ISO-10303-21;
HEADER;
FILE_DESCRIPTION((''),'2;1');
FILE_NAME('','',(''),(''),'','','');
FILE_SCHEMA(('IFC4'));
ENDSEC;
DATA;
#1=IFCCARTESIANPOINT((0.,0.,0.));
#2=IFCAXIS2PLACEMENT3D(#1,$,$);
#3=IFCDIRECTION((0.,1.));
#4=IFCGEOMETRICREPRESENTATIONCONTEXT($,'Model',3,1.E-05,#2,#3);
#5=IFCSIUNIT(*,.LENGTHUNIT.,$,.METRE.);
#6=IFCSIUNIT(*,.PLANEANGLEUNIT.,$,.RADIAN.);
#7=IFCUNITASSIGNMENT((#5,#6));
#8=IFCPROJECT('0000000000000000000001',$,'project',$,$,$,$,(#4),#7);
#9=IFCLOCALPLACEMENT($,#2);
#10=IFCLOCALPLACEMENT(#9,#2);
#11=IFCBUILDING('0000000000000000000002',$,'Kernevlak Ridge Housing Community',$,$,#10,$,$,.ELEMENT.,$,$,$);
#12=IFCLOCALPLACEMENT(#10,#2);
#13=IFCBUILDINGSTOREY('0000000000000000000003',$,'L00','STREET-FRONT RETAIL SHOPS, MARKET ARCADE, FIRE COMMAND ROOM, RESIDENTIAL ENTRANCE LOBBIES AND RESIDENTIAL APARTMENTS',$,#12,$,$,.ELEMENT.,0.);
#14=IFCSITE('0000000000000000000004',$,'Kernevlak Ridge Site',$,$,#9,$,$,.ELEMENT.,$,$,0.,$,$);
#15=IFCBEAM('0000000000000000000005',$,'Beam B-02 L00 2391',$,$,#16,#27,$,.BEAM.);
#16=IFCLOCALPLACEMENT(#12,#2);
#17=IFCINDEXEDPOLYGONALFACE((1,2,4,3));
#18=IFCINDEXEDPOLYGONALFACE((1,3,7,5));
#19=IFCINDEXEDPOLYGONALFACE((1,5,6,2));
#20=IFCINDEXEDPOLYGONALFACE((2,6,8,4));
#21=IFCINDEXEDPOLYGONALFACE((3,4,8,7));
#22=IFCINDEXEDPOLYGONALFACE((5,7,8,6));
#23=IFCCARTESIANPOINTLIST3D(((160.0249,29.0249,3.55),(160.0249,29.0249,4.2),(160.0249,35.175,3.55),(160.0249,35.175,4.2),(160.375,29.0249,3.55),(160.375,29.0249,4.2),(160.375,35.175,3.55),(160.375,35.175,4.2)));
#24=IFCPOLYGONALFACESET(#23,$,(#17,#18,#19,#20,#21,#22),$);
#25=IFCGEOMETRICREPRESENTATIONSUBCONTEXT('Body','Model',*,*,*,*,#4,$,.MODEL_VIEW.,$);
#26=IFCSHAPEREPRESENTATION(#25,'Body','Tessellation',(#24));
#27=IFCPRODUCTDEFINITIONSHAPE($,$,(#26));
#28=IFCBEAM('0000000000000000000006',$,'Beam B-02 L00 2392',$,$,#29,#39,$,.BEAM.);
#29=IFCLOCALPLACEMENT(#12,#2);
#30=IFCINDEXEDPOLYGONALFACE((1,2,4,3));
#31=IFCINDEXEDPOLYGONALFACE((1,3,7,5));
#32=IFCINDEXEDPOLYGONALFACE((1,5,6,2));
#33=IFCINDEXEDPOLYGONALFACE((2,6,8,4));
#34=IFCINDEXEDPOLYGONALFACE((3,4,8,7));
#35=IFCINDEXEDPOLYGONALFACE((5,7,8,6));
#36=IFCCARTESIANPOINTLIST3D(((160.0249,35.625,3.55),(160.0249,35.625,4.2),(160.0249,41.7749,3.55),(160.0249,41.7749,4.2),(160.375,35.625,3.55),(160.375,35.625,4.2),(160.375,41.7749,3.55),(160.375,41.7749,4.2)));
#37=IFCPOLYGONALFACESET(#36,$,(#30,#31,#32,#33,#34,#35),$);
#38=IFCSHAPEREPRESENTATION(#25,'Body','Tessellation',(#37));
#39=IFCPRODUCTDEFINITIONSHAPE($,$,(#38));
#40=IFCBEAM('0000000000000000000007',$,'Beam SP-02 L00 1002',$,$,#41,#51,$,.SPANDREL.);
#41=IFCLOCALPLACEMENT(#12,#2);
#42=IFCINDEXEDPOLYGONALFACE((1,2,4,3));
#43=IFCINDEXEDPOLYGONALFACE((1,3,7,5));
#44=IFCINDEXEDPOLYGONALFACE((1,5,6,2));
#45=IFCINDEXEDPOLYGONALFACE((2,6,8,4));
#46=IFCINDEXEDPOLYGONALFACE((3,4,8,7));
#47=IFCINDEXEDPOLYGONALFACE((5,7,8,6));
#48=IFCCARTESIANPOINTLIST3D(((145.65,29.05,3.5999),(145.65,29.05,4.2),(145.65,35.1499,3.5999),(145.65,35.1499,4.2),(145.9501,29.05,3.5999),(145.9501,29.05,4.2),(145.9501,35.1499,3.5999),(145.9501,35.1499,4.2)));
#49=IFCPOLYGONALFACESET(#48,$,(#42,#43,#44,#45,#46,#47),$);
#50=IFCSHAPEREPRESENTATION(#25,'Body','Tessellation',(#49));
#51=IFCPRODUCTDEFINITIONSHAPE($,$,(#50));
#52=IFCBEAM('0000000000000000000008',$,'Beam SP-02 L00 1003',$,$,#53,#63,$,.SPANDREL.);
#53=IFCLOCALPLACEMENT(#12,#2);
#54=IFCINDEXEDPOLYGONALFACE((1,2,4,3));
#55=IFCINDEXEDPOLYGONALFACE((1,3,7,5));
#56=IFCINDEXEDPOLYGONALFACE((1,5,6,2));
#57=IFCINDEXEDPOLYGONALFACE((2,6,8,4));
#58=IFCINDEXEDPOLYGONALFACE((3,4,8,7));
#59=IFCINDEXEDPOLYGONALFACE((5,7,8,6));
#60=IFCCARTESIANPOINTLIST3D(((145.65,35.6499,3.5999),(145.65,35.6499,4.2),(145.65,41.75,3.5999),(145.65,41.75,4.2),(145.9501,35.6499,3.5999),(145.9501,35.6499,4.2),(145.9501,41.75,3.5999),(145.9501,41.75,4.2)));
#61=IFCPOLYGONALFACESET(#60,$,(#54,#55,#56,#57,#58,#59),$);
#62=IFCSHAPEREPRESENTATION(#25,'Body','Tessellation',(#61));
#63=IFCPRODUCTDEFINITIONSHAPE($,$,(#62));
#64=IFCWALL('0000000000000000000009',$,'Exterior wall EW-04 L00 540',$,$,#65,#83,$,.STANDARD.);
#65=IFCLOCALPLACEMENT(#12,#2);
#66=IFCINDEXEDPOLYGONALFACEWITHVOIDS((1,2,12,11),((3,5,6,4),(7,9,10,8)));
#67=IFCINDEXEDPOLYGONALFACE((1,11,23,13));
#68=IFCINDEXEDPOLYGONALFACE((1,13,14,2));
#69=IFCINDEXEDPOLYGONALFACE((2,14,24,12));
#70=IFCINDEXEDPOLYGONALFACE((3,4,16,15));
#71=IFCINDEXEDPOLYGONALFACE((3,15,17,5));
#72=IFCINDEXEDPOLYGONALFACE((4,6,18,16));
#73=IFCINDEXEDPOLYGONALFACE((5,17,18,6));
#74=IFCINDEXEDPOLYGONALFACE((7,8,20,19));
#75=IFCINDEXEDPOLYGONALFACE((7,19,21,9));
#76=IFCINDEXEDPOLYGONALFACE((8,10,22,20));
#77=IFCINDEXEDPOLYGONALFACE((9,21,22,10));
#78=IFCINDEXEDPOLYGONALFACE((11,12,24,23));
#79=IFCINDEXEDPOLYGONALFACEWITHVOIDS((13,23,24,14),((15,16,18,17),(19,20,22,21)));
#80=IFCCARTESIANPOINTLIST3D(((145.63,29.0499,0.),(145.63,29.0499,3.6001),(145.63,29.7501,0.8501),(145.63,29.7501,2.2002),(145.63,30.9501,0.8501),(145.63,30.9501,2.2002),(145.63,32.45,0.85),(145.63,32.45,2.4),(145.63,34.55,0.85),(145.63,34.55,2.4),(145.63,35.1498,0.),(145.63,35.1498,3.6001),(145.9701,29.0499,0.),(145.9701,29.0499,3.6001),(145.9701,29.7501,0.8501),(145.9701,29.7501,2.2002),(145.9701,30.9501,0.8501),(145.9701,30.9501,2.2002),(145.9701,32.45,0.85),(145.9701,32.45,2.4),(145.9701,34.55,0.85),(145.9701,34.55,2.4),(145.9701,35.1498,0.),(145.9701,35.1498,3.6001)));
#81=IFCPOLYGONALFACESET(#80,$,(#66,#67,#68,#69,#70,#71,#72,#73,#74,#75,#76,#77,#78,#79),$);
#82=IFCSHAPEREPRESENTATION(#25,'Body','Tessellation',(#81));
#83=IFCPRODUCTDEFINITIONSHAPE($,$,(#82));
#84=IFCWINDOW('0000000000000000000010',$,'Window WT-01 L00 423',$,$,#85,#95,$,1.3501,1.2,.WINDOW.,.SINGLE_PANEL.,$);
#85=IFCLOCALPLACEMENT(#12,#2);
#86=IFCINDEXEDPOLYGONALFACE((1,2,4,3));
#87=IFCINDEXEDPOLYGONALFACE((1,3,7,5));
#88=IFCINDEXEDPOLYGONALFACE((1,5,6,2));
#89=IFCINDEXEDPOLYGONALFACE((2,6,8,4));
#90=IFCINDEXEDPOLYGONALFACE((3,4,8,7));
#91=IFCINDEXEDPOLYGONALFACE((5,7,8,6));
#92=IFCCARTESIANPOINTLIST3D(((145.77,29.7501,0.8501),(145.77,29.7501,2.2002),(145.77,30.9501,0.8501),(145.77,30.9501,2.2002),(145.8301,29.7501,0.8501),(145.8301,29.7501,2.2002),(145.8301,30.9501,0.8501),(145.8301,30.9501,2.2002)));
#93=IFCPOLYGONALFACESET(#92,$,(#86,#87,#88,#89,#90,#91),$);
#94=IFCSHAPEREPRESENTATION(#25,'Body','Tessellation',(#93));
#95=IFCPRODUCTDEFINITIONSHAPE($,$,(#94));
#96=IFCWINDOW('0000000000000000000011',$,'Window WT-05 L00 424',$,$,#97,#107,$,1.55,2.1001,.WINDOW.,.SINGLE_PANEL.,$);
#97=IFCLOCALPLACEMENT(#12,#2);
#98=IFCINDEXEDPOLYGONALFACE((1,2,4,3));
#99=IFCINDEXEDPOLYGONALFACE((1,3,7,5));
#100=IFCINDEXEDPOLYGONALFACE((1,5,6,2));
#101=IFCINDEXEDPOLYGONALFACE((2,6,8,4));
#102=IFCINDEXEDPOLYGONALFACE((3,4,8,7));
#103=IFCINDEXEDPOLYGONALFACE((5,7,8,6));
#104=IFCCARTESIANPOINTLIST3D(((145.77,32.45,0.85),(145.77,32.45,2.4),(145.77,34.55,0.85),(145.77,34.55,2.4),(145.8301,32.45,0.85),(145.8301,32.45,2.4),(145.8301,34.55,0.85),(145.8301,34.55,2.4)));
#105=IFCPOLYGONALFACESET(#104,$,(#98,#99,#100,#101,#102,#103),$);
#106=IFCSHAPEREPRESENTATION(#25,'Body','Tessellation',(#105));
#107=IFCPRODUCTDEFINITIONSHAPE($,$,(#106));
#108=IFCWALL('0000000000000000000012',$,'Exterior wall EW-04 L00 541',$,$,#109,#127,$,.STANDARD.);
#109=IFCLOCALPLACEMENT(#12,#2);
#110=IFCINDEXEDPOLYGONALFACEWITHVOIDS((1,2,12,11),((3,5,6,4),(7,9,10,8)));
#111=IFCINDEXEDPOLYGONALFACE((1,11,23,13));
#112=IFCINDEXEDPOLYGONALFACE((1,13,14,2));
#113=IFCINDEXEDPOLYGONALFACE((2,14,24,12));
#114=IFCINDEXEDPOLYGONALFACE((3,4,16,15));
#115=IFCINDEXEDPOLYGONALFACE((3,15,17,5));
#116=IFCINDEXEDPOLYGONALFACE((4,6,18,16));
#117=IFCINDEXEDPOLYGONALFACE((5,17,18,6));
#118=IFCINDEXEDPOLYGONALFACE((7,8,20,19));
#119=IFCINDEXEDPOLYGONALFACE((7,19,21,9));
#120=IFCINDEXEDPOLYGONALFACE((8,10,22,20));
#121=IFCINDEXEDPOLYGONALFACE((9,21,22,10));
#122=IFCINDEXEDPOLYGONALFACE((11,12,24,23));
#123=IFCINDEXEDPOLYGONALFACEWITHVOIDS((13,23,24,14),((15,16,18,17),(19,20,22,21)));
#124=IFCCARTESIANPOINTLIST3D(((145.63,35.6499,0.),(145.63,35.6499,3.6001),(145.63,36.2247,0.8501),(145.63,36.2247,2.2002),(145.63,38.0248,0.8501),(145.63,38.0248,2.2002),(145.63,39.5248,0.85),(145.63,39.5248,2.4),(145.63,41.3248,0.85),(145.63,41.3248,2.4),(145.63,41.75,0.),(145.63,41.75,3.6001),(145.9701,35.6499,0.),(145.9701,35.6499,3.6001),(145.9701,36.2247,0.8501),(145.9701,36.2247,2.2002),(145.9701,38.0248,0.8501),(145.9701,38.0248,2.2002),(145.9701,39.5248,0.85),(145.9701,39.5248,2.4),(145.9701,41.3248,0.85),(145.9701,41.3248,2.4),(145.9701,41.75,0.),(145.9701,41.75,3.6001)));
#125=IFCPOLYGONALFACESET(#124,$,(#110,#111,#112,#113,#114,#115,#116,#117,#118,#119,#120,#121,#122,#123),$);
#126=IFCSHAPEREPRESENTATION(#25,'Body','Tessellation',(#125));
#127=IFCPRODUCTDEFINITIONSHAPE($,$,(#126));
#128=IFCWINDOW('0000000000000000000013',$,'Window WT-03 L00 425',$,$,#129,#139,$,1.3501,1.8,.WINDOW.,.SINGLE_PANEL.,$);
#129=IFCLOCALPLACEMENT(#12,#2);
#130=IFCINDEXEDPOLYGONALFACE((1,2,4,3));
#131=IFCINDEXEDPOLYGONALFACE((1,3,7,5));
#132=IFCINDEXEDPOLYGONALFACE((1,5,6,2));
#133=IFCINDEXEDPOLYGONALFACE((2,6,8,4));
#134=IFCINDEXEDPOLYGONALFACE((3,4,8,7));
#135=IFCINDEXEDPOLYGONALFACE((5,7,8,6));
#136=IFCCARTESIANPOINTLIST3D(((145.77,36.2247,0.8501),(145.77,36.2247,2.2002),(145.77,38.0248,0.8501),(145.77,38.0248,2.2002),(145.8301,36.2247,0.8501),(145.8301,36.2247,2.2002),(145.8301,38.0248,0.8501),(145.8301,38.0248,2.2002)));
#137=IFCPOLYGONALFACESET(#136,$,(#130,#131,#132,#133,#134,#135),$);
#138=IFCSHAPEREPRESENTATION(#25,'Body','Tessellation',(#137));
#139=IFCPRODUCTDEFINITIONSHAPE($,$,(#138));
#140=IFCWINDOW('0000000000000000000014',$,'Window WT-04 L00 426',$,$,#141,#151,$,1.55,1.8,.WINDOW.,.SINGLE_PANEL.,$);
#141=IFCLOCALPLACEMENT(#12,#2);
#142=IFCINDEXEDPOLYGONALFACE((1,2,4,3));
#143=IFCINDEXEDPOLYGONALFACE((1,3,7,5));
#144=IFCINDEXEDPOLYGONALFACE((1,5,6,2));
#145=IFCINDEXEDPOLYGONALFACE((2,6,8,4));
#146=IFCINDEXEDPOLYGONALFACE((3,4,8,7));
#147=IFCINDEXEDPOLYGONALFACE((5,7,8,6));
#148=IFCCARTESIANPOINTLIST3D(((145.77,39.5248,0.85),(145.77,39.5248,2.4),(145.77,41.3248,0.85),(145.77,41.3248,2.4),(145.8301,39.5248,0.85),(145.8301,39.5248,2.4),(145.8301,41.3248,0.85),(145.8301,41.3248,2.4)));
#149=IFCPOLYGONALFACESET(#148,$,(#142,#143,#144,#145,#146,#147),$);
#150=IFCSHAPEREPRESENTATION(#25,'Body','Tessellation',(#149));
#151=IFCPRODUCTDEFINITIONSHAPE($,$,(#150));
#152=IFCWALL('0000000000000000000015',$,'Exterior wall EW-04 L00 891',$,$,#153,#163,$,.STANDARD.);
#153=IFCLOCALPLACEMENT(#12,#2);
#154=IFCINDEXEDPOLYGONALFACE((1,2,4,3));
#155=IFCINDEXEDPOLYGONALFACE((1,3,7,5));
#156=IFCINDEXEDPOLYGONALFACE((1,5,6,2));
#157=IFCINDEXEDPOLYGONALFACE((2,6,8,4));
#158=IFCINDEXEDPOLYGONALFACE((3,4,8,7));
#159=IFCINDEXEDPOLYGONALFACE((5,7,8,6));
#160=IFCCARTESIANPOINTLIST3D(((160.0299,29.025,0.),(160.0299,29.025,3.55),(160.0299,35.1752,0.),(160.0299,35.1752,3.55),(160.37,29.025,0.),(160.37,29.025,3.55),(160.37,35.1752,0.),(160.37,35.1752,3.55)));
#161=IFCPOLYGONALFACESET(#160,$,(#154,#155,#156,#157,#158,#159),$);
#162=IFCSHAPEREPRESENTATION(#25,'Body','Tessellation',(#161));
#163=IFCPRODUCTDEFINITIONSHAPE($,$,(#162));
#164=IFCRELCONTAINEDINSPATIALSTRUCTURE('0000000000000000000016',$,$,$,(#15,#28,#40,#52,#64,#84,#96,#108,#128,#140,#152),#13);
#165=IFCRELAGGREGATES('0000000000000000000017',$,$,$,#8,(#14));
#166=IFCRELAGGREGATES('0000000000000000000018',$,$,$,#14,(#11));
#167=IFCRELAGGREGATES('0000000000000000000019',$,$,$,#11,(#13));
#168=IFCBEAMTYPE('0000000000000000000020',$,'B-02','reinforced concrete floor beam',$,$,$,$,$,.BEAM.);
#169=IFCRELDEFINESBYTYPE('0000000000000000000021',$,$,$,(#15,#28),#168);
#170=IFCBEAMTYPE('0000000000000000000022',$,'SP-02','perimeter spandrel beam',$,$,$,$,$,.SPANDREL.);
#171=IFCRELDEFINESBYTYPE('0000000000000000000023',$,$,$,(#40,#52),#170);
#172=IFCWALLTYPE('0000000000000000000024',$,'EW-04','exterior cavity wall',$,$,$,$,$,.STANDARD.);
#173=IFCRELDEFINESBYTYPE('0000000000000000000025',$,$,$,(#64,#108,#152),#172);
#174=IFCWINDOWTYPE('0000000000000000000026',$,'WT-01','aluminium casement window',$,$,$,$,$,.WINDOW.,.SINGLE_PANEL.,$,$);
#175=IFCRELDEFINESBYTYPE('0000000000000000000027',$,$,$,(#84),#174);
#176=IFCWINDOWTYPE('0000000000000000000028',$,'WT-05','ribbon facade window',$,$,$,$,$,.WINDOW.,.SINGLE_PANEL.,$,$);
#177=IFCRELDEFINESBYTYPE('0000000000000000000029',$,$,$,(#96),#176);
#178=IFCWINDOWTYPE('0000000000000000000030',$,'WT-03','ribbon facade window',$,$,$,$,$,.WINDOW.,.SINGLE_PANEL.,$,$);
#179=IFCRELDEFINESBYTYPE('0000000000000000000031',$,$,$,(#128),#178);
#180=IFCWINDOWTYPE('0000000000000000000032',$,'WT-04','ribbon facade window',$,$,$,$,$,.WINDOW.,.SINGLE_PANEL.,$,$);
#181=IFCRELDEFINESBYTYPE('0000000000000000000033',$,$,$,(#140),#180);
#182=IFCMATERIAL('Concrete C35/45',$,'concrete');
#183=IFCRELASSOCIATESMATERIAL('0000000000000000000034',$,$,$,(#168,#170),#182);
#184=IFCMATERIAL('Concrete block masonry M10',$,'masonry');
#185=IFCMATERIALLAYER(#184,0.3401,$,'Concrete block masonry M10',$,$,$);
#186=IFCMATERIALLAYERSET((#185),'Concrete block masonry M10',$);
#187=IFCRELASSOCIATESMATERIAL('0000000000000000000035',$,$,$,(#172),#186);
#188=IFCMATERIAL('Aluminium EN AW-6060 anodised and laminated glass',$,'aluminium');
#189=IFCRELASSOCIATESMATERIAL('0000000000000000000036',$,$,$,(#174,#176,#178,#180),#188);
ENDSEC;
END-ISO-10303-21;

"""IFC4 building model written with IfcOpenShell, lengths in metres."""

from ifc_helpers import new_model, si_unit, direction, frame, frame_2d, origin, origin_2d, place, context, subcontext, project, spatial, rectangle, extrude, material, layer, layer_set, material_profile, profile_set, type_object, element, fill, save


model = new_model("IFC4")

# Units and contexts
model_context = context("Model", 3, precision=1e-05, world=origin(), true_north=direction((0.0, 1.0)))
body_context = subcontext(model_context, "Body", "Model", "MODEL_VIEW")
ifc_project = project(units=[si_unit("LENGTHUNIT", "METRE"), si_unit("PLANEANGLEUNIT", "RADIAN")], contexts=[model_context])

# Site, building, storey
site_placement = place(None, origin())
site = spatial("IfcSite", under=ifc_project, at=site_placement, Name="Kernevlak Ridge Site", CompositionType="ELEMENT", RefElevation=0.0)
building_placement = place(site_placement, origin())
building = spatial("IfcBuilding", under=site, at=building_placement, Name="Kernevlak Ridge Housing Community", CompositionType="ELEMENT")
storey_placement = place(building_placement, origin())
storey = spatial("IfcBuildingStorey", under=building, at=storey_placement, Name="L00", Description="STREET-FRONT RETAIL SHOPS, MARKET ARCADE, FIRE COMMAND ROOM, RESIDENTIAL ENTRANCE LOBBIES AND RESIDENTIAL APARTMENTS", CompositionType="ELEMENT", Elevation=0.0)

# Shared definitions
ifc_material_1 = material(Name="Concrete C35/45", Category="concrete")

# Beams
ifc_material_profile_1 = material_profile(ifc_material_1, rectangle(XDim=0.3501, YDim=0.6499, at=origin_2d()), Name="RC 350x650")
ifc_profile_set_1 = profile_set([ifc_material_profile_1], Name="Concrete C35/45")
beam_type_1 = type_object("IfcBeamType", Name="B-02", Description="reinforced concrete floor beam", PredefinedType="BEAM", material=ifc_profile_set_1)
beam_1_placement = place(storey_placement, frame((160.2, 29.0249, 3.875), z_axis=(0.0, 1.0, 0.0), x_axis=(-1.0, 0.0, 0.0)))
element("IfcBeam", 1, at=beam_1_placement, inside=storey, type_object=beam_type_1, Name="Beam B-02 L00 2391", PredefinedType="BEAM", context=body_context, shape_type="SweptSolid", body=[
    extrude(rectangle(XDim=0.3501, YDim=0.6499, at=origin_2d()), origin(), (0.0, 0.0, 1.0), 6.1501),
])
beam_2_placement = place(storey_placement, frame((160.2, 35.625, 3.875), z_axis=(0.0, 1.0, 0.0), x_axis=(-1.0, 0.0, 0.0)))
element("IfcBeam", 2, at=beam_2_placement, inside=storey, type_object=beam_type_1, Name="Beam B-02 L00 2392", PredefinedType="BEAM", context=body_context, shape_type="SweptSolid", body=[
    extrude(rectangle(XDim=0.3501, YDim=0.6499, at=origin_2d()), origin(), (0.0, 0.0, 1.0), 6.1499),
])
ifc_material_profile_2 = material_profile(ifc_material_1, rectangle(XDim=0.3, YDim=0.6001, at=origin_2d()), Name="RC 300x600")
ifc_profile_set_2 = profile_set([ifc_material_profile_2], Name="Concrete C35/45")
beam_type_2 = type_object("IfcBeamType", Name="SP-02", Description="perimeter spandrel beam", PredefinedType="SPANDREL", material=ifc_profile_set_2)
beam_3_placement = place(storey_placement, frame((145.8, 29.05, 3.8999), z_axis=(0.0, 1.0, 0.0), x_axis=(-1.0, 0.0, 0.0)))
element("IfcBeam", 3, at=beam_3_placement, inside=storey, type_object=beam_type_2, Name="Beam SP-02 L00 1002", PredefinedType="SPANDREL", context=body_context, shape_type="SweptSolid", body=[
    extrude(rectangle(XDim=0.3, YDim=0.6001, at=origin_2d()), origin(), (0.0, 0.0, 1.0), 6.0999),
])
beam_4_placement = place(storey_placement, frame((145.8, 35.6499, 3.8999), z_axis=(0.0, 1.0, 0.0), x_axis=(-1.0, 0.0, 0.0)))
element("IfcBeam", 4, at=beam_4_placement, inside=storey, type_object=beam_type_2, Name="Beam SP-02 L00 1003", PredefinedType="SPANDREL", context=body_context, shape_type="SweptSolid", body=[
    extrude(rectangle(XDim=0.3, YDim=0.6001, at=origin_2d()), origin(), (0.0, 0.0, 1.0), 6.1001),
])

# Walls, openings, windows
ifc_material_2 = material(Name="Concrete block masonry M10", Category="masonry")
ifc_layer_1 = layer(ifc_material_2, 0.3401, Name="Concrete block masonry M10")
ifc_layer_set_1 = layer_set([ifc_layer_1], Name="Concrete block masonry M10")
wall_type_1 = type_object("IfcWallType", Name="EW-04", Description="exterior cavity wall", PredefinedType="STANDARD", material=ifc_layer_set_1)
wall_1_placement = place(storey_placement, frame((145.8, 29.05, 0.0), z_axis=(0.0, 0.0, 1.0), x_axis=(0.0, 1.0, 0.0)))
wall_1 = element("IfcWall", 5, at=wall_1_placement, inside=storey, type_object=wall_type_1, Name="Exterior wall EW-04 L00 540", PredefinedType="STANDARD", context=body_context, shape_type="SweptSolid", body=[
    extrude(rectangle(XDim=6.0999, YDim=0.3401, at=frame_2d((3.0498, 0.0))), origin(), (0.0, 0.0, 1.0), 3.6001),
])
opening_1_placement = place(wall_1_placement, frame((0.7, 0.0, 0.8501)))
opening_1 = element("IfcOpeningElement", 6, at=opening_1_placement, cuts=wall_1, PredefinedType="OPENING", context=body_context, shape_type="SweptSolid", body=[
    extrude(rectangle(XDim=1.2, YDim=1.3501, at=frame_2d((0.6001, 0.675))), frame((0.0, 0.1799, 0.0), z_axis=(0.0, -1.0, 0.0), x_axis=(1.0, 0.0, 0.0)), (0.0, 0.0, 1.0), 0.3601),
])
opening_2_placement = place(wall_1_placement, frame((3.3999, 0.0, 0.8501)))
opening_2 = element("IfcOpeningElement", 7, at=opening_2_placement, cuts=wall_1, PredefinedType="OPENING", context=body_context, shape_type="SweptSolid", body=[
    extrude(rectangle(XDim=2.1001, YDim=1.55, at=frame_2d((1.05, 0.7749))), frame((0.0, 0.1799, 0.0), z_axis=(0.0, -1.0, 0.0), x_axis=(1.0, 0.0, 0.0)), (0.0, 0.0, 1.0), 0.3601),
])
ifc_material_3 = material(Name="Aluminium EN AW-6060 anodised and laminated glass", Category="aluminium")
window_type_1 = type_object("IfcWindowType", Name="WT-01", Description="aluminium casement window", PartitioningType="SINGLE_PANEL", PredefinedType="WINDOW", material=ifc_material_3)
window_1_placement = place(opening_1_placement, origin())
window_1 = element("IfcWindow", 8, at=window_1_placement, inside=storey, type_object=window_type_1, Name="Window WT-01 L00 423", OverallHeight=1.3501, OverallWidth=1.2, PartitioningType="SINGLE_PANEL", PredefinedType="WINDOW", context=body_context, shape_type="SweptSolid", body=[
    extrude(rectangle(XDim=1.2, YDim=1.3501, at=frame_2d((0.6001, 0.675))), frame((0.0, 0.03, 0.0), z_axis=(0.0, -1.0, 0.0), x_axis=(1.0, 0.0, 0.0)), (0.0, 0.0, 1.0), 0.0601),
])
fill(opening_1, window_1)
window_type_2 = type_object("IfcWindowType", Name="WT-05", Description="ribbon facade window", PartitioningType="SINGLE_PANEL", PredefinedType="WINDOW", material=ifc_material_3)
window_2_placement = place(opening_2_placement, origin())
window_2 = element("IfcWindow", 9, at=window_2_placement, inside=storey, type_object=window_type_2, Name="Window WT-05 L00 424", OverallHeight=1.55, OverallWidth=2.1001, PartitioningType="SINGLE_PANEL", PredefinedType="WINDOW", context=body_context, shape_type="SweptSolid", body=[
    extrude(rectangle(XDim=2.1001, YDim=1.55, at=frame_2d((1.05, 0.7749))), frame((0.0, 0.03, 0.0), z_axis=(0.0, -1.0, 0.0), x_axis=(1.0, 0.0, 0.0)), (0.0, 0.0, 1.0), 0.0601),
])
fill(opening_2, window_2)
wall_2_placement = place(storey_placement, frame((145.8, 35.6499, 0.0), z_axis=(0.0, 0.0, 1.0), x_axis=(0.0, 1.0, 0.0)))
wall_2 = element("IfcWall", 10, at=wall_2_placement, inside=storey, type_object=wall_type_1, Name="Exterior wall EW-04 L00 541", PredefinedType="STANDARD", context=body_context, shape_type="SweptSolid", body=[
    extrude(rectangle(XDim=6.1001, YDim=0.3401, at=frame_2d((3.05, 0.0))), origin(), (0.0, 0.0, 1.0), 3.6001),
])
opening_3_placement = place(wall_2_placement, frame((0.575, 0.0, 0.8501)))
opening_3 = element("IfcOpeningElement", 11, at=opening_3_placement, cuts=wall_2, PredefinedType="OPENING", context=body_context, shape_type="SweptSolid", body=[
    extrude(rectangle(XDim=1.8, YDim=1.3501, at=frame_2d((0.8999, 0.675))), frame((0.0, 0.1799, 0.0), z_axis=(0.0, -1.0, 0.0), x_axis=(1.0, 0.0, 0.0)), (0.0, 0.0, 1.0), 0.3601),
])
opening_4_placement = place(wall_2_placement, frame((3.875, 0.0, 0.8501)))
opening_4 = element("IfcOpeningElement", 12, at=opening_4_placement, cuts=wall_2, PredefinedType="OPENING", context=body_context, shape_type="SweptSolid", body=[
    extrude(rectangle(XDim=1.8, YDim=1.55, at=frame_2d((0.8999, 0.7749))), frame((0.0, 0.1799, 0.0), z_axis=(0.0, -1.0, 0.0), x_axis=(1.0, 0.0, 0.0)), (0.0, 0.0, 1.0), 0.3601),
])
window_type_3 = type_object("IfcWindowType", Name="WT-03", Description="ribbon facade window", PartitioningType="SINGLE_PANEL", PredefinedType="WINDOW", material=ifc_material_3)
window_3_placement = place(opening_3_placement, origin())
window_3 = element("IfcWindow", 13, at=window_3_placement, inside=storey, type_object=window_type_3, Name="Window WT-03 L00 425", OverallHeight=1.3501, OverallWidth=1.8, PartitioningType="SINGLE_PANEL", PredefinedType="WINDOW", context=body_context, shape_type="SweptSolid", body=[
    extrude(rectangle(XDim=1.8, YDim=1.3501, at=frame_2d((0.8999, 0.675))), frame((0.0, 0.03, 0.0), z_axis=(0.0, -1.0, 0.0), x_axis=(1.0, 0.0, 0.0)), (0.0, 0.0, 1.0), 0.0601),
])
fill(opening_3, window_3)
window_type_4 = type_object("IfcWindowType", Name="WT-04", Description="ribbon facade window", PartitioningType="SINGLE_PANEL", PredefinedType="WINDOW", material=ifc_material_3)
window_4_placement = place(opening_4_placement, origin())
window_4 = element("IfcWindow", 14, at=window_4_placement, inside=storey, type_object=window_type_4, Name="Window WT-04 L00 426", OverallHeight=1.55, OverallWidth=1.8, PartitioningType="SINGLE_PANEL", PredefinedType="WINDOW", context=body_context, shape_type="SweptSolid", body=[
    extrude(rectangle(XDim=1.8, YDim=1.55, at=frame_2d((0.8999, 0.7749))), frame((0.0, 0.03, 0.0), z_axis=(0.0, -1.0, 0.0), x_axis=(1.0, 0.0, 0.0)), (0.0, 0.0, 1.0), 0.0601),
])
fill(opening_4, window_4)

# Wall
wall_3_placement = place(storey_placement, frame((160.2, 29.0249, 0.0), z_axis=(0.0, 0.0, 1.0), x_axis=(0.0, 1.0, 0.0)))
element("IfcWall", 15, at=wall_3_placement, inside=storey, type_object=wall_type_1, Name="Exterior wall EW-04 L00 891", PredefinedType="STANDARD", context=body_context, shape_type="SweptSolid", body=[
    extrude(rectangle(XDim=6.1501, YDim=0.3401, at=frame_2d((3.0752, 0.0))), origin(), (0.0, 0.0, 1.0), 3.55),
])

save(model, "model.ifc")
